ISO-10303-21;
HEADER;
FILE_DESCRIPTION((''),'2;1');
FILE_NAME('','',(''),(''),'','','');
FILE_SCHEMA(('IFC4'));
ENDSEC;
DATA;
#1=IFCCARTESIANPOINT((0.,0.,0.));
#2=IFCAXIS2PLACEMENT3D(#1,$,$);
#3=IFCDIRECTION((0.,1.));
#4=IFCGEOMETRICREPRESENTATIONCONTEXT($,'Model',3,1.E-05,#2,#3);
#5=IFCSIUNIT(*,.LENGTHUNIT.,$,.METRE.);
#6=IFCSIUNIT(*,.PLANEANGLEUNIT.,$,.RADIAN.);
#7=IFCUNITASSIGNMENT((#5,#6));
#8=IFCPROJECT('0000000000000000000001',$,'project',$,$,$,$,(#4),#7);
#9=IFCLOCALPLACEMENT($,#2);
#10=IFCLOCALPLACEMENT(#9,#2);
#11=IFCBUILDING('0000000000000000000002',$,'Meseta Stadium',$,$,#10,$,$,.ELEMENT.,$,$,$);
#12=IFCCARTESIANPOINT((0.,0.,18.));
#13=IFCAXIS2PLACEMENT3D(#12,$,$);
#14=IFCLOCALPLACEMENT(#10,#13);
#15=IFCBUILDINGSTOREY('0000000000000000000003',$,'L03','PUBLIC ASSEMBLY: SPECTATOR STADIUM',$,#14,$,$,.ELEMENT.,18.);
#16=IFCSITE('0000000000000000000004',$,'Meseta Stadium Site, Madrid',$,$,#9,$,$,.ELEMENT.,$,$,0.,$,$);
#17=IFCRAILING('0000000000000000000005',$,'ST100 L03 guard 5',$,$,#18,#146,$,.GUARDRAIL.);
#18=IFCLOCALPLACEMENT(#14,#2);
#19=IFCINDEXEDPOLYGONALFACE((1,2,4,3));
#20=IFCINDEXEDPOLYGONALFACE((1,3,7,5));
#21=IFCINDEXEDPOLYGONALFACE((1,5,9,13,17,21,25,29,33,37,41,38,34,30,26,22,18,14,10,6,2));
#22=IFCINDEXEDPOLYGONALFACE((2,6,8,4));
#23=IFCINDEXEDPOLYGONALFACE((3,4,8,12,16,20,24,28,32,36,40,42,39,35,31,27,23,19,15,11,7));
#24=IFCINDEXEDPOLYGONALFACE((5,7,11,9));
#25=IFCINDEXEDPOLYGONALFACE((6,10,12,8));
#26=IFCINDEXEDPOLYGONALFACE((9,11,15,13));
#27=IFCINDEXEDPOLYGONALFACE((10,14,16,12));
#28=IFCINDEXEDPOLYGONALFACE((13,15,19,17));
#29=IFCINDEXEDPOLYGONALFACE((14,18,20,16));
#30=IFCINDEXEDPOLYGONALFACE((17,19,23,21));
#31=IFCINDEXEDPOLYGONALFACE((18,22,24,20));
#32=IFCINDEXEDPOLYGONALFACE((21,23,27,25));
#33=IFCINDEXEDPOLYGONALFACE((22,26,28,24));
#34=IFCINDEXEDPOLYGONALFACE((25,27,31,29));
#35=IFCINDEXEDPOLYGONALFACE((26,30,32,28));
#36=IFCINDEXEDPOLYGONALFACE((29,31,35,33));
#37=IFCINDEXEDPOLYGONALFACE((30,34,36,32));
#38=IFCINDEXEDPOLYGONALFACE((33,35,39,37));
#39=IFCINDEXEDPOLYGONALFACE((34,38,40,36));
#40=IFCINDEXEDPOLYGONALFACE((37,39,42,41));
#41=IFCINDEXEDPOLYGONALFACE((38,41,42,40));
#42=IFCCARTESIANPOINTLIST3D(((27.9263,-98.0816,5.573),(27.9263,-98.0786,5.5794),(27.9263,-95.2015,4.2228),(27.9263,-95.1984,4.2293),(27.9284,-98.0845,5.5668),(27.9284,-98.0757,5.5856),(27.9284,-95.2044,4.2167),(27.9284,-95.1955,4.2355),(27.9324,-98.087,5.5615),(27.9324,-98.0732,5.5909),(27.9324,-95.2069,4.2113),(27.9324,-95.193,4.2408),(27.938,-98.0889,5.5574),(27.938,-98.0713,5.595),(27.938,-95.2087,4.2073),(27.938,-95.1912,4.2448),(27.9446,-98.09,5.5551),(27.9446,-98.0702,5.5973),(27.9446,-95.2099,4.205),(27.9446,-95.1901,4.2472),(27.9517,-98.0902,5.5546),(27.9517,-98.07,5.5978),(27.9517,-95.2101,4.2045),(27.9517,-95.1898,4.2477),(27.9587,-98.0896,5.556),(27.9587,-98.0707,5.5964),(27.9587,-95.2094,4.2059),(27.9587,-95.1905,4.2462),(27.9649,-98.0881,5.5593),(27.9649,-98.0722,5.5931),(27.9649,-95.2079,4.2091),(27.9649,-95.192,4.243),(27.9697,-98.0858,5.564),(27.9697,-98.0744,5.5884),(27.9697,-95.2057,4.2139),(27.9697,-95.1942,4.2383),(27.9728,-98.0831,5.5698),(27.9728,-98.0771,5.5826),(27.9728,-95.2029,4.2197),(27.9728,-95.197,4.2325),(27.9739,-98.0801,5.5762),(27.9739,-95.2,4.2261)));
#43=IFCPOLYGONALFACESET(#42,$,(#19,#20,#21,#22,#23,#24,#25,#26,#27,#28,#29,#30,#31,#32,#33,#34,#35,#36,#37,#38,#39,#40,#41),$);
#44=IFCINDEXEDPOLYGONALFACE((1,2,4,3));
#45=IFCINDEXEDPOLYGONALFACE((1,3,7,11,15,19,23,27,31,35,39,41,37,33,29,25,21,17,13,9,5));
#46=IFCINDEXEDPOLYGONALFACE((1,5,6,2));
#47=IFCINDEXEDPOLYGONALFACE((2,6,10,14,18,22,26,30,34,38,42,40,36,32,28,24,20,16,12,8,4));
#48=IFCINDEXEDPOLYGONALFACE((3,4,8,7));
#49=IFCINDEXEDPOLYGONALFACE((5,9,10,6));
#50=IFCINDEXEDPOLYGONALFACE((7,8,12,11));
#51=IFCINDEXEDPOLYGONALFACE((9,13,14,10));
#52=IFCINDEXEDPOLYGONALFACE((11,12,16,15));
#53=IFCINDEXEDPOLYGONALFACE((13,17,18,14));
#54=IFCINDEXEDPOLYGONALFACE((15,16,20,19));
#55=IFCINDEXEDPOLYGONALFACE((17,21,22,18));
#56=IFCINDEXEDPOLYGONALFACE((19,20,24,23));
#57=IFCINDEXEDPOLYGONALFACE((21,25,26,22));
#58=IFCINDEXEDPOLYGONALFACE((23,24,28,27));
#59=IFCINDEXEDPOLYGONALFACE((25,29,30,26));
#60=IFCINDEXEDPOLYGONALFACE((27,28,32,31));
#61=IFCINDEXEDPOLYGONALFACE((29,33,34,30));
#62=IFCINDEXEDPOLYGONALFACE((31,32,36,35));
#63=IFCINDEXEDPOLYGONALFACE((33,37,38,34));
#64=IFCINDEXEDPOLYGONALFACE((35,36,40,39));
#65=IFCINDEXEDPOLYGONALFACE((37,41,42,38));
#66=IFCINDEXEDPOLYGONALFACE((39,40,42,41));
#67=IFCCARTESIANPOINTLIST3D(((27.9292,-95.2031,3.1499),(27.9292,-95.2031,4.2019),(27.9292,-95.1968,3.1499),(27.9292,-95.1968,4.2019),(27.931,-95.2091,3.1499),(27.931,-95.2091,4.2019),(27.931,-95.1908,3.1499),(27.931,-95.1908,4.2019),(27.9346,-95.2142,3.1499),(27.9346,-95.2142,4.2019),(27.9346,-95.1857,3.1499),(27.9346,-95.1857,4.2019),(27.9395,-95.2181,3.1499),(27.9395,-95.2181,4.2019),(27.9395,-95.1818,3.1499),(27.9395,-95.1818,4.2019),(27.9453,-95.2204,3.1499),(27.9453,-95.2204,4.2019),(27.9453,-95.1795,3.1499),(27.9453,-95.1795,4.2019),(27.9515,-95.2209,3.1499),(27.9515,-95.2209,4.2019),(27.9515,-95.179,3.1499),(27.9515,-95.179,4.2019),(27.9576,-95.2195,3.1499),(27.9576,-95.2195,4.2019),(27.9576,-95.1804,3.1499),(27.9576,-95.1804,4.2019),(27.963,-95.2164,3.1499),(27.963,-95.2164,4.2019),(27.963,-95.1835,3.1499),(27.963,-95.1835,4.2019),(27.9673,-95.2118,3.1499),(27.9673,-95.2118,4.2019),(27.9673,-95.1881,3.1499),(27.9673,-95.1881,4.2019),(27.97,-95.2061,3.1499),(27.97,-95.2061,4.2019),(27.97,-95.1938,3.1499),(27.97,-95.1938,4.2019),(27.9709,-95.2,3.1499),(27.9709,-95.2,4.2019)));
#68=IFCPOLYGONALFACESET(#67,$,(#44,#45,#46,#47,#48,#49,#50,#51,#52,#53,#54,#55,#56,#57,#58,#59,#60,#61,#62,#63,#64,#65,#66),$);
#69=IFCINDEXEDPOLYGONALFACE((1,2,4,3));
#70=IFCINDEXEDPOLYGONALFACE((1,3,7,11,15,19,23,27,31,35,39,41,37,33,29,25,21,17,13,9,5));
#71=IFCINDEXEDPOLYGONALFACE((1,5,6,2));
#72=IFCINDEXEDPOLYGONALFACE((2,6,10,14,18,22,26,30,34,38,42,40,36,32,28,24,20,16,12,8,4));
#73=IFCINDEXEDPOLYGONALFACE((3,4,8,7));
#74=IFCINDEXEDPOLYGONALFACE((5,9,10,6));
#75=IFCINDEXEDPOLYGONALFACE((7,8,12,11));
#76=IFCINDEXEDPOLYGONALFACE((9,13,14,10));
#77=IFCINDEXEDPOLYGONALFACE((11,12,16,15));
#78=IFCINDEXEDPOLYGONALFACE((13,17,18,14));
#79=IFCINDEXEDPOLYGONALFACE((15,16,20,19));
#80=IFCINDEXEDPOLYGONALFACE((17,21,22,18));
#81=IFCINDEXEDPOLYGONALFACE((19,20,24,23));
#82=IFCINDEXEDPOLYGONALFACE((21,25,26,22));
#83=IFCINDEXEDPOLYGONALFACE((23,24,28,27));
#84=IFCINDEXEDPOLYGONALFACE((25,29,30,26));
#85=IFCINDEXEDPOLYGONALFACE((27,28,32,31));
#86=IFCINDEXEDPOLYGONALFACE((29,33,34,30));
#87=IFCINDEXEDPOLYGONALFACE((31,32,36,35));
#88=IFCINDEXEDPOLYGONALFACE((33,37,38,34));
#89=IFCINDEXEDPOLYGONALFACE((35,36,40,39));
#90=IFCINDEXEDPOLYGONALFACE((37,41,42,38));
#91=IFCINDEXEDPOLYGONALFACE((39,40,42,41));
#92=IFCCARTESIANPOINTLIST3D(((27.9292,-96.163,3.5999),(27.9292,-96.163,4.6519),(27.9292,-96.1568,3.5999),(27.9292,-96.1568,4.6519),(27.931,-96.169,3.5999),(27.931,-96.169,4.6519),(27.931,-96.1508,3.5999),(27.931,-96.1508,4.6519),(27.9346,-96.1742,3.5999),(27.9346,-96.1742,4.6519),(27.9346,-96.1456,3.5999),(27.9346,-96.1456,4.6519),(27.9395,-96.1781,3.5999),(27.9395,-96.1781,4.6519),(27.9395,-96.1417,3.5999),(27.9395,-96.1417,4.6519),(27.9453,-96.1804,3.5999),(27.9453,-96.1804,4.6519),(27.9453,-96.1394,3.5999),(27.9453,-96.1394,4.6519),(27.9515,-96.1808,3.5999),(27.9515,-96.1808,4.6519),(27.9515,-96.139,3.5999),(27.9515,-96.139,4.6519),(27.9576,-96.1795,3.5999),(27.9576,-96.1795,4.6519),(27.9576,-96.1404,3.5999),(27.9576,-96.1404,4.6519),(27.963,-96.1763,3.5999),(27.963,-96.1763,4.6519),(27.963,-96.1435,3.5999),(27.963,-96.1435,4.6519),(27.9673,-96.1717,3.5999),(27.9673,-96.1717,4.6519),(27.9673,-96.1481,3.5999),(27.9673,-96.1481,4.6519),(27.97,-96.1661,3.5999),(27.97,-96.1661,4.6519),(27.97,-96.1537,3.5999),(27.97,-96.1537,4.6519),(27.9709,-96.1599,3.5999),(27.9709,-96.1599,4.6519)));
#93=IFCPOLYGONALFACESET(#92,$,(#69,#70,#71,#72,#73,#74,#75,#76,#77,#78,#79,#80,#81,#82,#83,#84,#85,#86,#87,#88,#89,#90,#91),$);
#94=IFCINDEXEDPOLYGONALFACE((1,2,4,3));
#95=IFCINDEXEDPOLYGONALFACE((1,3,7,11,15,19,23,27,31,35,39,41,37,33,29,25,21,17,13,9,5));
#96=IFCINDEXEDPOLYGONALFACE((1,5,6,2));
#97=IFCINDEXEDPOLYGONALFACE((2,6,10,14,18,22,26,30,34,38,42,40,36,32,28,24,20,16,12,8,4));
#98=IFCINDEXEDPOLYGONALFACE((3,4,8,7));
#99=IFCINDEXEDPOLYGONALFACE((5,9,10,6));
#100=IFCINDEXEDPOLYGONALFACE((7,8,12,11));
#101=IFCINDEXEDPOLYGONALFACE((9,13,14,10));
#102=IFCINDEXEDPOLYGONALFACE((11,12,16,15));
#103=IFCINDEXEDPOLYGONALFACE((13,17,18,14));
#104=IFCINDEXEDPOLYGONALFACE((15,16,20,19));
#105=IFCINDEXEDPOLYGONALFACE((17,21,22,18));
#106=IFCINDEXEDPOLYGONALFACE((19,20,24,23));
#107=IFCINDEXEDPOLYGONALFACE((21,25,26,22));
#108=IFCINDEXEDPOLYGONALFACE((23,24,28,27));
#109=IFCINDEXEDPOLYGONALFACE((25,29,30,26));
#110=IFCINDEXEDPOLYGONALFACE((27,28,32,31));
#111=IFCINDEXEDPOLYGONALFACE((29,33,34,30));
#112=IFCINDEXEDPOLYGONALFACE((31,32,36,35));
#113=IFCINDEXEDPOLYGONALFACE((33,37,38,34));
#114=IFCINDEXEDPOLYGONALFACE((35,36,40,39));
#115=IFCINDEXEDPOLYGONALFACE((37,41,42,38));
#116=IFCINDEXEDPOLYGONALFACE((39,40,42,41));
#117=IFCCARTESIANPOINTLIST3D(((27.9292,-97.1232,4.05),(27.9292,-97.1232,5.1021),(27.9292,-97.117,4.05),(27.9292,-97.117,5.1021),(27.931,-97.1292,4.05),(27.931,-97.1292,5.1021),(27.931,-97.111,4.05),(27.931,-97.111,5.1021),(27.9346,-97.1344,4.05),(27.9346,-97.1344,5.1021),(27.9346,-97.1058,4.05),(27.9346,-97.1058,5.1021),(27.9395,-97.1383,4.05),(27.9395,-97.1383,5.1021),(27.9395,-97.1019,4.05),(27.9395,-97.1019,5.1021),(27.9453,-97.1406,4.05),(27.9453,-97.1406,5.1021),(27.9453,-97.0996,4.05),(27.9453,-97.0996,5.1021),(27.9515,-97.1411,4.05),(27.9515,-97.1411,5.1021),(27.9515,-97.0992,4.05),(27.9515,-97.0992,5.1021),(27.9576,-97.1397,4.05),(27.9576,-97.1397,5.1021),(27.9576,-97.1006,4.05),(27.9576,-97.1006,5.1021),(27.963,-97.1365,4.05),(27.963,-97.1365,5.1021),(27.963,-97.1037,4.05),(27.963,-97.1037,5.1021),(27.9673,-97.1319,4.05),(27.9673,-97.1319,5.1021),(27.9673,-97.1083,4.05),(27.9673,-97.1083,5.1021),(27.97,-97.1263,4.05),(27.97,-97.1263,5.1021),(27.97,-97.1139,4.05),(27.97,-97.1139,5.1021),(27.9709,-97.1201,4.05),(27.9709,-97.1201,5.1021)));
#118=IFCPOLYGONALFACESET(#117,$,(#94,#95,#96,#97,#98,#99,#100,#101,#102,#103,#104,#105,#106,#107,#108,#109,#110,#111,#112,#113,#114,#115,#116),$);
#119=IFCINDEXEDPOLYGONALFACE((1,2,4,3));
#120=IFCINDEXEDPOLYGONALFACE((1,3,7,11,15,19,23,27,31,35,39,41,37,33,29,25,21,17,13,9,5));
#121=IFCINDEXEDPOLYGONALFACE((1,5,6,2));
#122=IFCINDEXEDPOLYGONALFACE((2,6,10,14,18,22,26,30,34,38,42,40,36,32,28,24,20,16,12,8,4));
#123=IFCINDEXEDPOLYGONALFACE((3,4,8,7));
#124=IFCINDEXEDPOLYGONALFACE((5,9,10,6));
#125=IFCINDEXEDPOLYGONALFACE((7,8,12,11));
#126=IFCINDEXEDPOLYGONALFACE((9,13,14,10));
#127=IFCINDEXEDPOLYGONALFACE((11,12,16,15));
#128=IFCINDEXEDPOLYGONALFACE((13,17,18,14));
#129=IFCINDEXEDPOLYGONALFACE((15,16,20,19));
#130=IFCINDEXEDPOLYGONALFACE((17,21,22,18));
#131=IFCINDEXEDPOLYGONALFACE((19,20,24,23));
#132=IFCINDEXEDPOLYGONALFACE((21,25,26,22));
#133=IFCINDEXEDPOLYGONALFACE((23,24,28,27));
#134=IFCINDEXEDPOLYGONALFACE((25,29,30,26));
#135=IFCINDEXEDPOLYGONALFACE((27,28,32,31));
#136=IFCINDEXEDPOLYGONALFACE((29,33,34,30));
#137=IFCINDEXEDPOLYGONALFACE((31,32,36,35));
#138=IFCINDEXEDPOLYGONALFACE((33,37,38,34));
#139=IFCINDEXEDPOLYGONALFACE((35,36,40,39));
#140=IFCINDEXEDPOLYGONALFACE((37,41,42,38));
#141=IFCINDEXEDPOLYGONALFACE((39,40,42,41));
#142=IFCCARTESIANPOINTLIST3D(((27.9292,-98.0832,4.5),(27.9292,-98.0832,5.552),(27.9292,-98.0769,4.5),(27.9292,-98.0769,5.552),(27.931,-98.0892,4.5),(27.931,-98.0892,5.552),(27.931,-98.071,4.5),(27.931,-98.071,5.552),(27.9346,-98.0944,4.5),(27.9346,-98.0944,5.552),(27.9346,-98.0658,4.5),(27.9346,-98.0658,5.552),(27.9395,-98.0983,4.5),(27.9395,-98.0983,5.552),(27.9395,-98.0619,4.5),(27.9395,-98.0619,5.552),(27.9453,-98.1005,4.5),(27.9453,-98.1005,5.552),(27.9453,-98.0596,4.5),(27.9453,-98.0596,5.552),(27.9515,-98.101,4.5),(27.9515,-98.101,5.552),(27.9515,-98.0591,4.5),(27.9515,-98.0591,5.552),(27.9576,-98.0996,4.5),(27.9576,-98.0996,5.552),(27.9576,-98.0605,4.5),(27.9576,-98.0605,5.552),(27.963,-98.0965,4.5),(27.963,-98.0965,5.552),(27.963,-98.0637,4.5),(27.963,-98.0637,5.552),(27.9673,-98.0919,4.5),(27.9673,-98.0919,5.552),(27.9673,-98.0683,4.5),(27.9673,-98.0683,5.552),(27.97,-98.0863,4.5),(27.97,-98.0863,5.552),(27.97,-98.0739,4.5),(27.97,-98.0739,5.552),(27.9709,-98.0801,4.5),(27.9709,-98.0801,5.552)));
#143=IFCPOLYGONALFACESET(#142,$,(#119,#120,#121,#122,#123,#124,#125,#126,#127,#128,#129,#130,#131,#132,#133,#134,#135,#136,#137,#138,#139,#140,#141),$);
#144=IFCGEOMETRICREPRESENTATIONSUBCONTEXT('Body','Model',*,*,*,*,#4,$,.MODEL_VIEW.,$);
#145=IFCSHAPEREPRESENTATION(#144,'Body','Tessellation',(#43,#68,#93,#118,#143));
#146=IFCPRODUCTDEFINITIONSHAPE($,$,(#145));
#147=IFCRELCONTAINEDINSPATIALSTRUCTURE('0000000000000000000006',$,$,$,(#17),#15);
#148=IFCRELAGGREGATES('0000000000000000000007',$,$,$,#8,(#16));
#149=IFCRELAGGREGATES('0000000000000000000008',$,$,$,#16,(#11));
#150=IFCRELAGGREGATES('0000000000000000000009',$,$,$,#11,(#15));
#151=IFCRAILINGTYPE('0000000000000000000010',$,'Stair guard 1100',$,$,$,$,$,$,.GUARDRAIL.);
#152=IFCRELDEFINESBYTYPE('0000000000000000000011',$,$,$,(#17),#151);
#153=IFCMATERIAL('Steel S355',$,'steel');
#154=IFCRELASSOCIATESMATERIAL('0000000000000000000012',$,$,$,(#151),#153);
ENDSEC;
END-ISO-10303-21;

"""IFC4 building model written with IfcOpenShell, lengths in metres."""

from ifc_helpers import new_model, si_unit, direction, frame, origin, origin_2d, place, context, subcontext, project, spatial, circle, extrude, material, type_object, element, save


model = new_model("IFC4")

# Units and contexts
model_context = context("Model", 3, precision=1e-05, world=origin(), true_north=direction((0.0, 1.0)))
body_context = subcontext(model_context, "Body", "Model", "MODEL_VIEW")
ifc_project = project(units=[si_unit("LENGTHUNIT", "METRE"), si_unit("PLANEANGLEUNIT", "RADIAN")], contexts=[model_context])

# Site, building, storey
site_placement = place(None, origin())
site = spatial("IfcSite", under=ifc_project, at=site_placement, Name="Meseta Stadium Site, Madrid", CompositionType="ELEMENT", RefElevation=0.0)
building_placement = place(site_placement, origin())
building = spatial("IfcBuilding", under=site, at=building_placement, Name="Meseta Stadium", CompositionType="ELEMENT")
storey_placement = place(building_placement, frame((0.0, 0.0, 18.0)))
storey = spatial("IfcBuildingStorey", under=building, at=storey_placement, Name="L03", Description="PUBLIC ASSEMBLY: SPECTATOR STADIUM", CompositionType="ELEMENT", Elevation=18.0)

# Railing
ifc_material_1 = material(Name="Steel S355", Category="steel")
railing_type_1 = type_object("IfcRailingType", Name="Stair guard 1100", PredefinedType="GUARDRAIL", material=ifc_material_1)
railing_1_placement = place(storey_placement, frame((27.95, -95.2, 3.1499)))
element("IfcRailing", 1, at=railing_1_placement, inside=storey, type_object=railing_type_1, Name="ST100 L03 guard 5", PredefinedType="GUARDRAIL", context=body_context, shape_type="SweptSolid", body=[
    extrude(circle(Radius=0.0239, at=origin_2d()), frame((0.0, 0.0, 1.0762), z_axis=(0.0, -0.905454, 0.424444), x_axis=(1.0, 0.0, 0.0)), (0.0, 0.0, 1.0), 3.1809),
    extrude(circle(Radius=0.021, at=origin_2d()), origin(), (0.0, 0.0, 1.0), 1.052),
    extrude(circle(Radius=0.021, at=origin_2d()), frame((0.0, -0.96, 0.45)), (0.0, 0.0, 1.0), 1.052),
    extrude(circle(Radius=0.021, at=origin_2d()), frame((0.0, -1.9202, 0.9001)), (0.0, 0.0, 1.0), 1.052),
    extrude(circle(Radius=0.021, at=origin_2d()), frame((0.0, -2.8801, 1.3501)), (0.0, 0.0, 1.0), 1.052),
])

save(model, "model.ifc")
